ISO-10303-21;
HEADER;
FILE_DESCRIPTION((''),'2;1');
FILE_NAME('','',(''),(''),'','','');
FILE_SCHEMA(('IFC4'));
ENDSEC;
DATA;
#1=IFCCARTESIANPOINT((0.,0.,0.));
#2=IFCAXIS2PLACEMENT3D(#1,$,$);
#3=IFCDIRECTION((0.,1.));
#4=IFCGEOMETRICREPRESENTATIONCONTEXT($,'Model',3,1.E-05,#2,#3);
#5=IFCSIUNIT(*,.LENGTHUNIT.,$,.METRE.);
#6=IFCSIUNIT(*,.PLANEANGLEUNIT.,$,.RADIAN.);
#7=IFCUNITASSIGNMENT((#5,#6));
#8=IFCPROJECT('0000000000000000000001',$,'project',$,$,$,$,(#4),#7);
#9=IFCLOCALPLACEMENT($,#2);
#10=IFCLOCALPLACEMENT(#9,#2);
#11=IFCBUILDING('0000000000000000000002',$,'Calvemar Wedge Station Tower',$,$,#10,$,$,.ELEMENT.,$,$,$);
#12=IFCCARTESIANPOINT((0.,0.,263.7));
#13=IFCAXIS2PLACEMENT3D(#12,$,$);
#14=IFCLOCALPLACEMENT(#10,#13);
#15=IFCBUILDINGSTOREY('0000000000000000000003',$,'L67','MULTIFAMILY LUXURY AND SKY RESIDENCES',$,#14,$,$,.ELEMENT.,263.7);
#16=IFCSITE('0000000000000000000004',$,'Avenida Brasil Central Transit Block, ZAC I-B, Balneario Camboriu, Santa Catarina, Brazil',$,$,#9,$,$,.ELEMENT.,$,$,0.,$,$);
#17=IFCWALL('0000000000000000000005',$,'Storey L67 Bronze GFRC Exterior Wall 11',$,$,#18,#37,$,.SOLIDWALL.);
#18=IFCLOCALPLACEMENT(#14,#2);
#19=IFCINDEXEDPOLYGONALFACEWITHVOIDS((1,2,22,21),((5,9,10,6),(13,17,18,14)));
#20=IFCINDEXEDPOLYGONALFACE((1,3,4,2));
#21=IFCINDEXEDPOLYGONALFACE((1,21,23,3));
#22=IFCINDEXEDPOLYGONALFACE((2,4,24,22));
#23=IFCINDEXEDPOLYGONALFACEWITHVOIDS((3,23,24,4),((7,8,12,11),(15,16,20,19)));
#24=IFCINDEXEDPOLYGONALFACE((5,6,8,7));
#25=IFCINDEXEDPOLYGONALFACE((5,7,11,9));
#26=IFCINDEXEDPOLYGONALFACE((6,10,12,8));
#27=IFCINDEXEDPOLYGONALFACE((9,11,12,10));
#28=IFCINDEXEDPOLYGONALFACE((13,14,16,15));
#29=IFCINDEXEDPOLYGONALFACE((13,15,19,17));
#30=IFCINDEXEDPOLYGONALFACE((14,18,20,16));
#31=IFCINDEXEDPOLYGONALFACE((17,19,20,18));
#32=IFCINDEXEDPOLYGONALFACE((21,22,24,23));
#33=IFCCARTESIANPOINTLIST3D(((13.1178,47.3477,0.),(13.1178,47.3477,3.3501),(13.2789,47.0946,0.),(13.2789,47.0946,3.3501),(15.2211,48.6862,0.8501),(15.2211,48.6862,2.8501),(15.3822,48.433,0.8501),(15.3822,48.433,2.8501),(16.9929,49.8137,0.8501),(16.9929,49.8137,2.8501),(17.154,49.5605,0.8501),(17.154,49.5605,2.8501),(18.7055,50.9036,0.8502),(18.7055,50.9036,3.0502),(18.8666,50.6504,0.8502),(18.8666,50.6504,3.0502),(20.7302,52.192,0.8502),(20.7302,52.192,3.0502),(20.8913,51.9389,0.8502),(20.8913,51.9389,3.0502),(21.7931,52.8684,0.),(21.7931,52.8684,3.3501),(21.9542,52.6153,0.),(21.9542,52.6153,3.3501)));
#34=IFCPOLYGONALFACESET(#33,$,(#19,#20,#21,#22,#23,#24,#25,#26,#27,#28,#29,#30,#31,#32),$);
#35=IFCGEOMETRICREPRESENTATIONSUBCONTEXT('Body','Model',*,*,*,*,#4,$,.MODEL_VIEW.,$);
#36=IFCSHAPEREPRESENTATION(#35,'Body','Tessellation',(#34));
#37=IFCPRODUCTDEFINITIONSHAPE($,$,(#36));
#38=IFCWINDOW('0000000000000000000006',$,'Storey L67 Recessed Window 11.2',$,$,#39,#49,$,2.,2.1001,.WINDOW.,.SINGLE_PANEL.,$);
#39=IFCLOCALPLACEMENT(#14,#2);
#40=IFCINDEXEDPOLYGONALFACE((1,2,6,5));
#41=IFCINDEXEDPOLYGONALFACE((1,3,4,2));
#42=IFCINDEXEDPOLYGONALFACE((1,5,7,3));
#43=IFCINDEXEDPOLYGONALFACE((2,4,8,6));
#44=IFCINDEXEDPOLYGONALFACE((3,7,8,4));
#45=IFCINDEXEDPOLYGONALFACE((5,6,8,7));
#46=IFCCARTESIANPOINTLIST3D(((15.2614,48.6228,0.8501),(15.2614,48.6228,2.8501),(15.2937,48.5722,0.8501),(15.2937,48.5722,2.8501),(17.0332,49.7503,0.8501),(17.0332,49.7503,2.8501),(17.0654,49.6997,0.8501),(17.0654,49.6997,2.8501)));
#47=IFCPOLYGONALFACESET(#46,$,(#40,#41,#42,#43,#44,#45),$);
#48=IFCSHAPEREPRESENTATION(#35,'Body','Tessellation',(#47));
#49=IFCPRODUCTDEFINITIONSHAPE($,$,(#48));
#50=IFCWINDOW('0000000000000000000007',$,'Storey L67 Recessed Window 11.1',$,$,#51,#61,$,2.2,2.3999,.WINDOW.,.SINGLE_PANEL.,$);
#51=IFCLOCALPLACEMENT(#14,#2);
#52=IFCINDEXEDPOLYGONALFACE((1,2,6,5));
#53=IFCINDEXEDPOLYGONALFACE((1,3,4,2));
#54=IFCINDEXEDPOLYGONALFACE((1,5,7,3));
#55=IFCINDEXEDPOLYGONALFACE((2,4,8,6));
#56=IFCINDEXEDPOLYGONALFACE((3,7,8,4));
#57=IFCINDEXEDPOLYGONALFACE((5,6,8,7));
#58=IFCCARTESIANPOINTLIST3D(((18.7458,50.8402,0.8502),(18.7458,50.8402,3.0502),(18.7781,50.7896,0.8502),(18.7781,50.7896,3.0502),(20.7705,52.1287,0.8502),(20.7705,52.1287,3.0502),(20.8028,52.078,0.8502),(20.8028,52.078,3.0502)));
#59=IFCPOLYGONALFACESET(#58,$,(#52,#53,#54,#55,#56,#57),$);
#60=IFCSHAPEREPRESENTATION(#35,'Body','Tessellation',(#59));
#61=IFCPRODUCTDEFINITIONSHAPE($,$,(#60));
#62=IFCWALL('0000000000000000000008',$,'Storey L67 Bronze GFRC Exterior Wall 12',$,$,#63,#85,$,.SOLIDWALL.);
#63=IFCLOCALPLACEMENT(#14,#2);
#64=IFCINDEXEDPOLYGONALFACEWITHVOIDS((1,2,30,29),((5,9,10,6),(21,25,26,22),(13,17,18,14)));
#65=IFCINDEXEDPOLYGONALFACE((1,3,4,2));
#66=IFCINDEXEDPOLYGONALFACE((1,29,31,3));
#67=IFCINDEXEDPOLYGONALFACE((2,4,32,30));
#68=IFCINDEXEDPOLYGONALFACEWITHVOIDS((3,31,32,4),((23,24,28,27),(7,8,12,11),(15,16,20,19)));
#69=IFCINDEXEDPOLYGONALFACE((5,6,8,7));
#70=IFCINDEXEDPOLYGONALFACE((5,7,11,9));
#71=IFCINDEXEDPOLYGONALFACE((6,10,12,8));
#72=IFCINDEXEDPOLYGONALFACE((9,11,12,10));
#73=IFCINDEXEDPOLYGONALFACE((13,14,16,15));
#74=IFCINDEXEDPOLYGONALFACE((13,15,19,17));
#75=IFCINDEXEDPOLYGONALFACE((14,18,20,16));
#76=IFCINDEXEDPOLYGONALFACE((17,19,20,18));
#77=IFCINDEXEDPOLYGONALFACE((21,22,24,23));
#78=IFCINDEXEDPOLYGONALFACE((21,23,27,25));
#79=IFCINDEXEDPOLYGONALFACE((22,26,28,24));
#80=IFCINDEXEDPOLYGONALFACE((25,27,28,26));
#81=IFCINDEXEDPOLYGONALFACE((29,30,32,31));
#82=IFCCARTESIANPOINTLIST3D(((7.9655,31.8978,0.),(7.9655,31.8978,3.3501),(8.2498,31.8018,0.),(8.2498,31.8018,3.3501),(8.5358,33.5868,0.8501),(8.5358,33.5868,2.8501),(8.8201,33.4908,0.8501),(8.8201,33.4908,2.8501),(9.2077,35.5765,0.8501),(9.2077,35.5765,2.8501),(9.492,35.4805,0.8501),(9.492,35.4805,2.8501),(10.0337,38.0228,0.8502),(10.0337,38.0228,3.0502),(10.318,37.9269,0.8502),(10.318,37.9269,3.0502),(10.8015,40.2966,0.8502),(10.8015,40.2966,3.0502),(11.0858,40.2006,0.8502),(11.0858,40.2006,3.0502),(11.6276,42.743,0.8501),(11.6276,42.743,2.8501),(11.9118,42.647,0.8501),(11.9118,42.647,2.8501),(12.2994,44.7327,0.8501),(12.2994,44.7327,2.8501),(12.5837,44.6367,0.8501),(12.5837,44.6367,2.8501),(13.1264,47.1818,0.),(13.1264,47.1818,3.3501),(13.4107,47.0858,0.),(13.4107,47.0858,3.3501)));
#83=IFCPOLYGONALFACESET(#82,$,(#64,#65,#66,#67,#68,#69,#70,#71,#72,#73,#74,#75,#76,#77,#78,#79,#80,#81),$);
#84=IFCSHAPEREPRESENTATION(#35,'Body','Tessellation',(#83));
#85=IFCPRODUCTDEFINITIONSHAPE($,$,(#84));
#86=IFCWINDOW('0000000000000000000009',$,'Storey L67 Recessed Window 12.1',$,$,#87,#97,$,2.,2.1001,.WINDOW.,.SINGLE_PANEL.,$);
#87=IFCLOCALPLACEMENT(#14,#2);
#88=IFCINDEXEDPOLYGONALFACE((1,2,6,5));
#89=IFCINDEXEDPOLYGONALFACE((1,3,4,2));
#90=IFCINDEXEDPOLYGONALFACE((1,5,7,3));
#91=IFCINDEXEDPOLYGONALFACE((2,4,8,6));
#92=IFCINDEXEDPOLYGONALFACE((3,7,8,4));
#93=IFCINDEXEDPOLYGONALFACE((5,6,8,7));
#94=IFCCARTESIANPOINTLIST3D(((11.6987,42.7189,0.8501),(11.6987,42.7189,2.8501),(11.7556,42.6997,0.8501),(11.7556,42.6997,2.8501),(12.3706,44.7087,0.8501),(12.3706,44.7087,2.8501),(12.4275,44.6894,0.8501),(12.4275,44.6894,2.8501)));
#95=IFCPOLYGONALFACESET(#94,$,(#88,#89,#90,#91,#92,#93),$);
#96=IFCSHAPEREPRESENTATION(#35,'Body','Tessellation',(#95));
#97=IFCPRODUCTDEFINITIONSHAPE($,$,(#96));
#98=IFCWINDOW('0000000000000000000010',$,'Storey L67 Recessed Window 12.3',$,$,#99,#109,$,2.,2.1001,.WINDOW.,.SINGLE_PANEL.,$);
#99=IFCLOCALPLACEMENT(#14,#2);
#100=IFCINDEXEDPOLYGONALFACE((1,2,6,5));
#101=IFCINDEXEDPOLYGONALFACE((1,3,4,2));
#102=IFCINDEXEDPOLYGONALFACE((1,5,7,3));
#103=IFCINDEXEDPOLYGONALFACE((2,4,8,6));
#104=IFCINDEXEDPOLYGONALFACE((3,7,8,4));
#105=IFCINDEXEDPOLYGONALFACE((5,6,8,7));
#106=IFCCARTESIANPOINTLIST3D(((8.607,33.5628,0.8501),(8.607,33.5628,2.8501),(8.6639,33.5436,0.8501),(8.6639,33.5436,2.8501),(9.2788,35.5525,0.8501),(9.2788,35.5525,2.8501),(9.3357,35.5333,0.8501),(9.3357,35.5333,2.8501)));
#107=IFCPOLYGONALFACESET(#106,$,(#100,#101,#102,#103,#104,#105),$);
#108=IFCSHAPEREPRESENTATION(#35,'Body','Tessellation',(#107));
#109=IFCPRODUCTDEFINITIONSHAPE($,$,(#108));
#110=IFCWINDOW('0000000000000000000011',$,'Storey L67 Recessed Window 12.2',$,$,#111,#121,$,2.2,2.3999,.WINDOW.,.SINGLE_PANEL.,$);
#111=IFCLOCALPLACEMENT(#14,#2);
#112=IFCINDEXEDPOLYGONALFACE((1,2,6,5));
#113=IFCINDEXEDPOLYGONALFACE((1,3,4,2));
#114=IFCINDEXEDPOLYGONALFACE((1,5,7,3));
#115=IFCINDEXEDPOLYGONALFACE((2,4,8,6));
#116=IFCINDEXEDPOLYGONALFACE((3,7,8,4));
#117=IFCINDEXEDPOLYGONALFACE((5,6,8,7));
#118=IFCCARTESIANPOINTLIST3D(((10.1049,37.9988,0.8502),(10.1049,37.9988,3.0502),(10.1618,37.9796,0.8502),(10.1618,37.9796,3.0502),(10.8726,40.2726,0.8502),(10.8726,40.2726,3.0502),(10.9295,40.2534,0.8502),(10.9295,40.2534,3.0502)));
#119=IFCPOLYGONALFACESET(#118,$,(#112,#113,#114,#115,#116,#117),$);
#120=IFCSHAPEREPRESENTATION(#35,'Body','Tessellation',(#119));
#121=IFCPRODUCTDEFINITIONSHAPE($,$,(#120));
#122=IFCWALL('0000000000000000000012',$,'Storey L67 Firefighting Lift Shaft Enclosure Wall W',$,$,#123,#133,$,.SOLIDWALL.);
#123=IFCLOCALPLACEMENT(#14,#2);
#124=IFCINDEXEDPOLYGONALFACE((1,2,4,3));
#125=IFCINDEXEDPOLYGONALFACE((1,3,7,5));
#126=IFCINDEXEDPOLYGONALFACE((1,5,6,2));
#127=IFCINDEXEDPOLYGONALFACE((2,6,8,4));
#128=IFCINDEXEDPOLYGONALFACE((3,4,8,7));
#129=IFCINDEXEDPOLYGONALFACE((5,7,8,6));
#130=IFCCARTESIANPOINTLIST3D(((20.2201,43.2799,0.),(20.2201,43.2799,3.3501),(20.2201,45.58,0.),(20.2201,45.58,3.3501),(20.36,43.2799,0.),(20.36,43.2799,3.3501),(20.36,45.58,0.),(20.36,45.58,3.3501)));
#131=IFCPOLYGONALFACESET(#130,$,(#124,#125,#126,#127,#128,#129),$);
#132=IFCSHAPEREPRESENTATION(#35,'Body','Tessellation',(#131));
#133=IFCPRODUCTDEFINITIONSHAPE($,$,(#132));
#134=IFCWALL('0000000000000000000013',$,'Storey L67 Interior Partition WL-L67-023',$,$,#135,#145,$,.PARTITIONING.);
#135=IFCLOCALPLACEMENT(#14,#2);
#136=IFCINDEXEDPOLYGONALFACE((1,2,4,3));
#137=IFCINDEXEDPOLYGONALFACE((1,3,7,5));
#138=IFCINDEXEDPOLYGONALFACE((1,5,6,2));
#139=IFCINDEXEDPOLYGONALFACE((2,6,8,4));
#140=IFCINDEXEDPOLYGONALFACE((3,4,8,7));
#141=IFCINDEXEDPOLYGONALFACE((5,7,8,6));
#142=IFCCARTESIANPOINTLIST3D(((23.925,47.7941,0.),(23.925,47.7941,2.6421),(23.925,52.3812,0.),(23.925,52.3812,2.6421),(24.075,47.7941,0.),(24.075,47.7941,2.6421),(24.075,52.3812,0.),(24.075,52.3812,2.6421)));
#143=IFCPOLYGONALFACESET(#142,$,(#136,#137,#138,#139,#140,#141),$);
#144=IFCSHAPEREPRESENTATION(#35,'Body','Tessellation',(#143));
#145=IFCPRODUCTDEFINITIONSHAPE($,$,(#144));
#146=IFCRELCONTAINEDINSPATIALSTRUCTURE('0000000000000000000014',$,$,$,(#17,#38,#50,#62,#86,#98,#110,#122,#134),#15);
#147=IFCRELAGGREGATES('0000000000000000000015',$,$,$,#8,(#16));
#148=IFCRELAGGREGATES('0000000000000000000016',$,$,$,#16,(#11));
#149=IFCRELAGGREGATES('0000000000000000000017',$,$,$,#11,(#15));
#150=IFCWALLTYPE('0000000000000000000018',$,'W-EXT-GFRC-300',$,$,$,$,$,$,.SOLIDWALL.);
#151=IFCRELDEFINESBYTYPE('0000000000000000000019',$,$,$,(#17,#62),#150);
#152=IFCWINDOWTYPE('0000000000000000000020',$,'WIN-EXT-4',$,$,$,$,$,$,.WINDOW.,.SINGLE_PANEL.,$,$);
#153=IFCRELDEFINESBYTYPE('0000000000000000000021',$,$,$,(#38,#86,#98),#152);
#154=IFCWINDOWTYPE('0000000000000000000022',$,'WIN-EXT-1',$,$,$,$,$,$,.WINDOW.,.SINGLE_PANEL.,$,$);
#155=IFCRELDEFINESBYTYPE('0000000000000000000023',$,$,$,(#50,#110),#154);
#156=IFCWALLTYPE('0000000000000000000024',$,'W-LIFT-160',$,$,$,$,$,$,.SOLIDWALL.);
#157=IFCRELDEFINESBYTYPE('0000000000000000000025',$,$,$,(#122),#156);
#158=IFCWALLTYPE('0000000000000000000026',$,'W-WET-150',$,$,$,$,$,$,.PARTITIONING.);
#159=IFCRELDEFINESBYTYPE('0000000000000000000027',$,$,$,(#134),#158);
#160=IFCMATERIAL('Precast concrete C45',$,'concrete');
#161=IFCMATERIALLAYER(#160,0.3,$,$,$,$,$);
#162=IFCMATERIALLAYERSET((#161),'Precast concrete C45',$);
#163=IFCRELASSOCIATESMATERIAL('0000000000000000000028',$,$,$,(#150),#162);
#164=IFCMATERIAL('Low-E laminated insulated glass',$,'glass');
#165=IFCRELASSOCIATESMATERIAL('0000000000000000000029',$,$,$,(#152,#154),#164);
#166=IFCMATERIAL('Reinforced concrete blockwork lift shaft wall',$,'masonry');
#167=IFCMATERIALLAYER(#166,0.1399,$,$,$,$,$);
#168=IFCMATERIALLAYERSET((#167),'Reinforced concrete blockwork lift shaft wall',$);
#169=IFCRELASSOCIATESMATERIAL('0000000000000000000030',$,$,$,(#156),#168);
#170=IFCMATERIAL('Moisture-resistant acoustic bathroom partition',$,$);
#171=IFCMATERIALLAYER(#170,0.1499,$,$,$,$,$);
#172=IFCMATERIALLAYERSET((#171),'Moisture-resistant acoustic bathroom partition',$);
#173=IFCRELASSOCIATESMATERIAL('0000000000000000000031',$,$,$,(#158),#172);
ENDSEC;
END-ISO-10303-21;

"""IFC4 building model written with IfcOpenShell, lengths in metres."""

from ifc_helpers import new_model, si_unit, direction, frame, frame_2d, origin, place, context, subcontext, project, spatial, rectangle, extrude, source, transform, mapped, material, layer, layer_set, type_object, element, fill, save


model = new_model("IFC4")

# Units and contexts
model_context = context("Model", 3, precision=1e-05, world=origin(), true_north=direction((0.0, 1.0)))
body_context = subcontext(model_context, "Body", "Model", "MODEL_VIEW")
ifc_project = project(units=[si_unit("LENGTHUNIT", "METRE"), si_unit("PLANEANGLEUNIT", "RADIAN")], contexts=[model_context])

# Site, building, storey
site_placement = place(None, origin())
site = spatial("IfcSite", under=ifc_project, at=site_placement, Name="Avenida Brasil Central Transit Block, ZAC I-B, Balneario Camboriu, Santa Catarina, Brazil", CompositionType="ELEMENT", RefElevation=0.0)
building_placement = place(site_placement, origin())
building = spatial("IfcBuilding", under=site, at=building_placement, Name="Calvemar Wedge Station Tower", CompositionType="ELEMENT")
storey_placement = place(building_placement, frame((0.0, 0.0, 263.7)))
storey = spatial("IfcBuildingStorey", under=building, at=storey_placement, Name="L67", Description="MULTIFAMILY LUXURY AND SKY RESIDENCES", CompositionType="ELEMENT", Elevation=263.7)

# Shared definitions
ifc_material_1 = material(Name="Precast concrete C45", Category="concrete")
ifc_layer_1 = layer(ifc_material_1, 0.3)
ifc_layer_set_1 = layer_set([ifc_layer_1], Name="Precast concrete C45")
wall_type_1 = type_object("IfcWallType", Name="W-EXT-GFRC-300", PredefinedType="SOLIDWALL", material=ifc_layer_set_1)

# Walls, openings, windows
wall_1_placement = place(storey_placement, frame((21.8738, 52.7419, 0.0), z_axis=(0.0, 0.0, 1.0), x_axis=(-0.843657, -0.536883, 0.0)))
wall_1 = element("IfcWall", 1, at=wall_1_placement, inside=storey, type_object=wall_type_1, Name="Storey L67 Bronze GFRC Exterior Wall 11", PredefinedType="SOLIDWALL", context=body_context, shape_type="SweptSolid", body=[
    extrude(rectangle(XDim=10.283, YDim=0.3, at=frame_2d((5.1416, 0.0))), origin(), (0.0, 0.0, 1.0), 3.3501),
])
shared_shape_1 = source(origin(), body_context, "Body", "SweptSolid", [
    extrude(rectangle(XDim=2.3999, YDim=2.2, at=frame_2d((1.2, 1.1001))), frame((0.0, 0.1602, 0.0), z_axis=(0.0, -1.0, 0.0), x_axis=(1.0, 0.0, 0.0)), (0.0, 0.0, 1.0), 0.3201),
])
opening_1_placement = place(wall_1_placement, frame((1.26, 0.0, 0.8501)))
opening_1 = element("IfcOpeningElement", 2, at=opening_1_placement, cuts=wall_1, PredefinedType="OPENING", context=body_context, shape_type="MappedRepresentation", body=[
    mapped(shared_shape_1, transform((0.0, 0.0, 0.0), scale=1.0)),
])
shared_shape_2 = source(origin(), body_context, "Body", "SweptSolid", [
    extrude(rectangle(XDim=2.1001, YDim=2.0, at=frame_2d((1.05, 1.0))), frame((0.0, 0.1602, 0.0), z_axis=(0.0, -1.0, 0.0), x_axis=(1.0, 0.0, 0.0)), (0.0, 0.0, 1.0), 0.3201),
])
opening_2_placement = place(wall_1_placement, frame((5.6899, 0.0, 0.8501)))
opening_2 = element("IfcOpeningElement", 3, at=opening_2_placement, cuts=wall_1, PredefinedType="OPENING", context=body_context, shape_type="MappedRepresentation", body=[
    mapped(shared_shape_2, transform((0.0, 0.0, 0.0), scale=1.0)),
])
ifc_material_2 = material(Name="Low-E laminated insulated glass", Category="glass")
window_type_1 = type_object("IfcWindowType", Name="WIN-EXT-4", PartitioningType="SINGLE_PANEL", PredefinedType="WINDOW", material=ifc_material_2)
shared_shape_3 = source(origin(), body_context, "Body", "SweptSolid", [
    extrude(rectangle(XDim=2.1001, YDim=2.0, at=frame_2d((1.05, 1.0))), frame((0.0, -0.0149, 0.0), z_axis=(0.0, -1.0, 0.0), x_axis=(1.0, 0.0, 0.0)), (0.0, 0.0, 1.0), 0.0601),
])
window_1_placement = place(opening_2_placement, origin())
window_1 = element("IfcWindow", 4, at=window_1_placement, inside=storey, type_object=window_type_1, Name="Storey L67 Recessed Window 11.2", OverallHeight=2.0, OverallWidth=2.1001, PartitioningType="SINGLE_PANEL", PredefinedType="WINDOW", context=body_context, shape_type="MappedRepresentation", body=[
    mapped(shared_shape_3, transform((0.0, 0.0, 0.0), scale=1.0)),
])
fill(opening_2, window_1)
window_type_2 = type_object("IfcWindowType", Name="WIN-EXT-1", PartitioningType="SINGLE_PANEL", PredefinedType="WINDOW", material=ifc_material_2)
shared_shape_4 = source(origin(), body_context, "Body", "SweptSolid", [
    extrude(rectangle(XDim=2.3999, YDim=2.2, at=frame_2d((1.2, 1.1001))), frame((0.0, -0.0149, 0.0), z_axis=(0.0, -1.0, 0.0), x_axis=(1.0, 0.0, 0.0)), (0.0, 0.0, 1.0), 0.0601),
])
window_2_placement = place(opening_1_placement, origin())
window_2 = element("IfcWindow", 5, at=window_2_placement, inside=storey, type_object=window_type_2, Name="Storey L67 Recessed Window 11.1", OverallHeight=2.2, OverallWidth=2.3999, PartitioningType="SINGLE_PANEL", PredefinedType="WINDOW", context=body_context, shape_type="MappedRepresentation", body=[
    mapped(shared_shape_4, transform((0.0, 0.0, 0.0), scale=1.0)),
])
fill(opening_1, window_2)
wall_2_placement = place(storey_placement, frame((13.2686, 47.1338, 0.0), z_axis=(0.0, 0.0, 1.0), x_axis=(-0.319921, -0.947444, 0.0)))
wall_2 = element("IfcWall", 6, at=wall_2_placement, inside=storey, type_object=wall_type_1, Name="Storey L67 Bronze GFRC Exterior Wall 12", PredefinedType="SOLIDWALL", context=body_context, shape_type="SweptSolid", body=[
    extrude(rectangle(XDim=16.1318, YDim=0.3, at=frame_2d((8.0659, 0.0))), origin(), (0.0, 0.0, 1.0), 3.3501),
])
opening_3_placement = place(wall_2_placement, frame((2.585, 0.0, 0.8501)))
opening_3 = element("IfcOpeningElement", 7, at=opening_3_placement, cuts=wall_2, PredefinedType="OPENING", context=body_context, shape_type="MappedRepresentation", body=[
    mapped(shared_shape_2, transform((0.0, 0.0, 0.0), scale=1.0)),
])
opening_4_placement = place(wall_2_placement, frame((7.2671, 0.0, 0.8501)))
opening_4 = element("IfcOpeningElement", 8, at=opening_4_placement, cuts=wall_2, PredefinedType="OPENING", context=body_context, shape_type="MappedRepresentation", body=[
    mapped(shared_shape_1, transform((0.0, 0.0, 0.0), scale=1.0)),
])
opening_5_placement = place(wall_2_placement, frame((12.249, 0.0, 0.8501)))
opening_5 = element("IfcOpeningElement", 9, at=opening_5_placement, cuts=wall_2, PredefinedType="OPENING", context=body_context, shape_type="MappedRepresentation", body=[
    mapped(shared_shape_2, transform((0.0, 0.0, 0.0), scale=1.0)),
])
window_3_placement = place(opening_3_placement, origin())
window_3 = element("IfcWindow", 10, at=window_3_placement, inside=storey, type_object=window_type_1, Name="Storey L67 Recessed Window 12.1", OverallHeight=2.0, OverallWidth=2.1001, PartitioningType="SINGLE_PANEL", PredefinedType="WINDOW", context=body_context, shape_type="MappedRepresentation", body=[
    mapped(shared_shape_3, transform((0.0, 0.0, 0.0), scale=1.0)),
])
fill(opening_3, window_3)
window_4_placement = place(opening_5_placement, origin())
window_4 = element("IfcWindow", 11, at=window_4_placement, inside=storey, type_object=window_type_1, Name="Storey L67 Recessed Window 12.3", OverallHeight=2.0, OverallWidth=2.1001, PartitioningType="SINGLE_PANEL", PredefinedType="WINDOW", context=body_context, shape_type="MappedRepresentation", body=[
    mapped(shared_shape_3, transform((0.0, 0.0, 0.0), scale=1.0)),
])
fill(opening_5, window_4)
window_5_placement = place(opening_4_placement, origin())
window_5 = element("IfcWindow", 12, at=window_5_placement, inside=storey, type_object=window_type_2, Name="Storey L67 Recessed Window 12.2", OverallHeight=2.2, OverallWidth=2.3999, PartitioningType="SINGLE_PANEL", PredefinedType="WINDOW", context=body_context, shape_type="MappedRepresentation", body=[
    mapped(shared_shape_4, transform((0.0, 0.0, 0.0), scale=1.0)),
])
fill(opening_4, window_5)

# Walls
ifc_material_3 = material(Name="Reinforced concrete blockwork lift shaft wall", Category="masonry")
ifc_layer_2 = layer(ifc_material_3, 0.1399)
ifc_layer_set_2 = layer_set([ifc_layer_2], Name="Reinforced concrete blockwork lift shaft wall")
wall_type_2 = type_object("IfcWallType", Name="W-LIFT-160", PredefinedType="SOLIDWALL", material=ifc_layer_set_2)
wall_3_placement = place(storey_placement, frame((20.29, 43.28, 0.0), z_axis=(0.0, 0.0, 1.0), x_axis=(0.0, 1.0, 0.0)))
element("IfcWall", 13, at=wall_3_placement, inside=storey, type_object=wall_type_2, Name="Storey L67 Firefighting Lift Shaft Enclosure Wall W", PredefinedType="SOLIDWALL", context=body_context, shape_type="SweptSolid", body=[
    extrude(rectangle(XDim=2.3, YDim=0.1399, at=frame_2d((1.1499, 0.0))), origin(), (0.0, 0.0, 1.0), 3.3501),
])
ifc_material_4 = material(Name="Moisture-resistant acoustic bathroom partition")
ifc_layer_3 = layer(ifc_material_4, 0.1499)
ifc_layer_set_3 = layer_set([ifc_layer_3], Name="Moisture-resistant acoustic bathroom partition")
wall_type_3 = type_object("IfcWallType", Name="W-WET-150", PredefinedType="PARTITIONING", material=ifc_layer_set_3)
wall_4_placement = place(storey_placement, frame((24.0, 52.3811, 0.0), z_axis=(0.0, 0.0, 1.0), x_axis=(0.0, -1.0, 0.0)))
element("IfcWall", 14, at=wall_4_placement, inside=storey, type_object=wall_type_3, Name="Storey L67 Interior Partition WL-L67-023", PredefinedType="PARTITIONING", context=body_context, shape_type="SweptSolid", body=[
    extrude(rectangle(XDim=4.5872, YDim=0.1499, at=frame_2d((2.2935, 0.0))), origin(), (0.0, 0.0, 1.0), 2.6421),
])

save(model, "model.ifc")
